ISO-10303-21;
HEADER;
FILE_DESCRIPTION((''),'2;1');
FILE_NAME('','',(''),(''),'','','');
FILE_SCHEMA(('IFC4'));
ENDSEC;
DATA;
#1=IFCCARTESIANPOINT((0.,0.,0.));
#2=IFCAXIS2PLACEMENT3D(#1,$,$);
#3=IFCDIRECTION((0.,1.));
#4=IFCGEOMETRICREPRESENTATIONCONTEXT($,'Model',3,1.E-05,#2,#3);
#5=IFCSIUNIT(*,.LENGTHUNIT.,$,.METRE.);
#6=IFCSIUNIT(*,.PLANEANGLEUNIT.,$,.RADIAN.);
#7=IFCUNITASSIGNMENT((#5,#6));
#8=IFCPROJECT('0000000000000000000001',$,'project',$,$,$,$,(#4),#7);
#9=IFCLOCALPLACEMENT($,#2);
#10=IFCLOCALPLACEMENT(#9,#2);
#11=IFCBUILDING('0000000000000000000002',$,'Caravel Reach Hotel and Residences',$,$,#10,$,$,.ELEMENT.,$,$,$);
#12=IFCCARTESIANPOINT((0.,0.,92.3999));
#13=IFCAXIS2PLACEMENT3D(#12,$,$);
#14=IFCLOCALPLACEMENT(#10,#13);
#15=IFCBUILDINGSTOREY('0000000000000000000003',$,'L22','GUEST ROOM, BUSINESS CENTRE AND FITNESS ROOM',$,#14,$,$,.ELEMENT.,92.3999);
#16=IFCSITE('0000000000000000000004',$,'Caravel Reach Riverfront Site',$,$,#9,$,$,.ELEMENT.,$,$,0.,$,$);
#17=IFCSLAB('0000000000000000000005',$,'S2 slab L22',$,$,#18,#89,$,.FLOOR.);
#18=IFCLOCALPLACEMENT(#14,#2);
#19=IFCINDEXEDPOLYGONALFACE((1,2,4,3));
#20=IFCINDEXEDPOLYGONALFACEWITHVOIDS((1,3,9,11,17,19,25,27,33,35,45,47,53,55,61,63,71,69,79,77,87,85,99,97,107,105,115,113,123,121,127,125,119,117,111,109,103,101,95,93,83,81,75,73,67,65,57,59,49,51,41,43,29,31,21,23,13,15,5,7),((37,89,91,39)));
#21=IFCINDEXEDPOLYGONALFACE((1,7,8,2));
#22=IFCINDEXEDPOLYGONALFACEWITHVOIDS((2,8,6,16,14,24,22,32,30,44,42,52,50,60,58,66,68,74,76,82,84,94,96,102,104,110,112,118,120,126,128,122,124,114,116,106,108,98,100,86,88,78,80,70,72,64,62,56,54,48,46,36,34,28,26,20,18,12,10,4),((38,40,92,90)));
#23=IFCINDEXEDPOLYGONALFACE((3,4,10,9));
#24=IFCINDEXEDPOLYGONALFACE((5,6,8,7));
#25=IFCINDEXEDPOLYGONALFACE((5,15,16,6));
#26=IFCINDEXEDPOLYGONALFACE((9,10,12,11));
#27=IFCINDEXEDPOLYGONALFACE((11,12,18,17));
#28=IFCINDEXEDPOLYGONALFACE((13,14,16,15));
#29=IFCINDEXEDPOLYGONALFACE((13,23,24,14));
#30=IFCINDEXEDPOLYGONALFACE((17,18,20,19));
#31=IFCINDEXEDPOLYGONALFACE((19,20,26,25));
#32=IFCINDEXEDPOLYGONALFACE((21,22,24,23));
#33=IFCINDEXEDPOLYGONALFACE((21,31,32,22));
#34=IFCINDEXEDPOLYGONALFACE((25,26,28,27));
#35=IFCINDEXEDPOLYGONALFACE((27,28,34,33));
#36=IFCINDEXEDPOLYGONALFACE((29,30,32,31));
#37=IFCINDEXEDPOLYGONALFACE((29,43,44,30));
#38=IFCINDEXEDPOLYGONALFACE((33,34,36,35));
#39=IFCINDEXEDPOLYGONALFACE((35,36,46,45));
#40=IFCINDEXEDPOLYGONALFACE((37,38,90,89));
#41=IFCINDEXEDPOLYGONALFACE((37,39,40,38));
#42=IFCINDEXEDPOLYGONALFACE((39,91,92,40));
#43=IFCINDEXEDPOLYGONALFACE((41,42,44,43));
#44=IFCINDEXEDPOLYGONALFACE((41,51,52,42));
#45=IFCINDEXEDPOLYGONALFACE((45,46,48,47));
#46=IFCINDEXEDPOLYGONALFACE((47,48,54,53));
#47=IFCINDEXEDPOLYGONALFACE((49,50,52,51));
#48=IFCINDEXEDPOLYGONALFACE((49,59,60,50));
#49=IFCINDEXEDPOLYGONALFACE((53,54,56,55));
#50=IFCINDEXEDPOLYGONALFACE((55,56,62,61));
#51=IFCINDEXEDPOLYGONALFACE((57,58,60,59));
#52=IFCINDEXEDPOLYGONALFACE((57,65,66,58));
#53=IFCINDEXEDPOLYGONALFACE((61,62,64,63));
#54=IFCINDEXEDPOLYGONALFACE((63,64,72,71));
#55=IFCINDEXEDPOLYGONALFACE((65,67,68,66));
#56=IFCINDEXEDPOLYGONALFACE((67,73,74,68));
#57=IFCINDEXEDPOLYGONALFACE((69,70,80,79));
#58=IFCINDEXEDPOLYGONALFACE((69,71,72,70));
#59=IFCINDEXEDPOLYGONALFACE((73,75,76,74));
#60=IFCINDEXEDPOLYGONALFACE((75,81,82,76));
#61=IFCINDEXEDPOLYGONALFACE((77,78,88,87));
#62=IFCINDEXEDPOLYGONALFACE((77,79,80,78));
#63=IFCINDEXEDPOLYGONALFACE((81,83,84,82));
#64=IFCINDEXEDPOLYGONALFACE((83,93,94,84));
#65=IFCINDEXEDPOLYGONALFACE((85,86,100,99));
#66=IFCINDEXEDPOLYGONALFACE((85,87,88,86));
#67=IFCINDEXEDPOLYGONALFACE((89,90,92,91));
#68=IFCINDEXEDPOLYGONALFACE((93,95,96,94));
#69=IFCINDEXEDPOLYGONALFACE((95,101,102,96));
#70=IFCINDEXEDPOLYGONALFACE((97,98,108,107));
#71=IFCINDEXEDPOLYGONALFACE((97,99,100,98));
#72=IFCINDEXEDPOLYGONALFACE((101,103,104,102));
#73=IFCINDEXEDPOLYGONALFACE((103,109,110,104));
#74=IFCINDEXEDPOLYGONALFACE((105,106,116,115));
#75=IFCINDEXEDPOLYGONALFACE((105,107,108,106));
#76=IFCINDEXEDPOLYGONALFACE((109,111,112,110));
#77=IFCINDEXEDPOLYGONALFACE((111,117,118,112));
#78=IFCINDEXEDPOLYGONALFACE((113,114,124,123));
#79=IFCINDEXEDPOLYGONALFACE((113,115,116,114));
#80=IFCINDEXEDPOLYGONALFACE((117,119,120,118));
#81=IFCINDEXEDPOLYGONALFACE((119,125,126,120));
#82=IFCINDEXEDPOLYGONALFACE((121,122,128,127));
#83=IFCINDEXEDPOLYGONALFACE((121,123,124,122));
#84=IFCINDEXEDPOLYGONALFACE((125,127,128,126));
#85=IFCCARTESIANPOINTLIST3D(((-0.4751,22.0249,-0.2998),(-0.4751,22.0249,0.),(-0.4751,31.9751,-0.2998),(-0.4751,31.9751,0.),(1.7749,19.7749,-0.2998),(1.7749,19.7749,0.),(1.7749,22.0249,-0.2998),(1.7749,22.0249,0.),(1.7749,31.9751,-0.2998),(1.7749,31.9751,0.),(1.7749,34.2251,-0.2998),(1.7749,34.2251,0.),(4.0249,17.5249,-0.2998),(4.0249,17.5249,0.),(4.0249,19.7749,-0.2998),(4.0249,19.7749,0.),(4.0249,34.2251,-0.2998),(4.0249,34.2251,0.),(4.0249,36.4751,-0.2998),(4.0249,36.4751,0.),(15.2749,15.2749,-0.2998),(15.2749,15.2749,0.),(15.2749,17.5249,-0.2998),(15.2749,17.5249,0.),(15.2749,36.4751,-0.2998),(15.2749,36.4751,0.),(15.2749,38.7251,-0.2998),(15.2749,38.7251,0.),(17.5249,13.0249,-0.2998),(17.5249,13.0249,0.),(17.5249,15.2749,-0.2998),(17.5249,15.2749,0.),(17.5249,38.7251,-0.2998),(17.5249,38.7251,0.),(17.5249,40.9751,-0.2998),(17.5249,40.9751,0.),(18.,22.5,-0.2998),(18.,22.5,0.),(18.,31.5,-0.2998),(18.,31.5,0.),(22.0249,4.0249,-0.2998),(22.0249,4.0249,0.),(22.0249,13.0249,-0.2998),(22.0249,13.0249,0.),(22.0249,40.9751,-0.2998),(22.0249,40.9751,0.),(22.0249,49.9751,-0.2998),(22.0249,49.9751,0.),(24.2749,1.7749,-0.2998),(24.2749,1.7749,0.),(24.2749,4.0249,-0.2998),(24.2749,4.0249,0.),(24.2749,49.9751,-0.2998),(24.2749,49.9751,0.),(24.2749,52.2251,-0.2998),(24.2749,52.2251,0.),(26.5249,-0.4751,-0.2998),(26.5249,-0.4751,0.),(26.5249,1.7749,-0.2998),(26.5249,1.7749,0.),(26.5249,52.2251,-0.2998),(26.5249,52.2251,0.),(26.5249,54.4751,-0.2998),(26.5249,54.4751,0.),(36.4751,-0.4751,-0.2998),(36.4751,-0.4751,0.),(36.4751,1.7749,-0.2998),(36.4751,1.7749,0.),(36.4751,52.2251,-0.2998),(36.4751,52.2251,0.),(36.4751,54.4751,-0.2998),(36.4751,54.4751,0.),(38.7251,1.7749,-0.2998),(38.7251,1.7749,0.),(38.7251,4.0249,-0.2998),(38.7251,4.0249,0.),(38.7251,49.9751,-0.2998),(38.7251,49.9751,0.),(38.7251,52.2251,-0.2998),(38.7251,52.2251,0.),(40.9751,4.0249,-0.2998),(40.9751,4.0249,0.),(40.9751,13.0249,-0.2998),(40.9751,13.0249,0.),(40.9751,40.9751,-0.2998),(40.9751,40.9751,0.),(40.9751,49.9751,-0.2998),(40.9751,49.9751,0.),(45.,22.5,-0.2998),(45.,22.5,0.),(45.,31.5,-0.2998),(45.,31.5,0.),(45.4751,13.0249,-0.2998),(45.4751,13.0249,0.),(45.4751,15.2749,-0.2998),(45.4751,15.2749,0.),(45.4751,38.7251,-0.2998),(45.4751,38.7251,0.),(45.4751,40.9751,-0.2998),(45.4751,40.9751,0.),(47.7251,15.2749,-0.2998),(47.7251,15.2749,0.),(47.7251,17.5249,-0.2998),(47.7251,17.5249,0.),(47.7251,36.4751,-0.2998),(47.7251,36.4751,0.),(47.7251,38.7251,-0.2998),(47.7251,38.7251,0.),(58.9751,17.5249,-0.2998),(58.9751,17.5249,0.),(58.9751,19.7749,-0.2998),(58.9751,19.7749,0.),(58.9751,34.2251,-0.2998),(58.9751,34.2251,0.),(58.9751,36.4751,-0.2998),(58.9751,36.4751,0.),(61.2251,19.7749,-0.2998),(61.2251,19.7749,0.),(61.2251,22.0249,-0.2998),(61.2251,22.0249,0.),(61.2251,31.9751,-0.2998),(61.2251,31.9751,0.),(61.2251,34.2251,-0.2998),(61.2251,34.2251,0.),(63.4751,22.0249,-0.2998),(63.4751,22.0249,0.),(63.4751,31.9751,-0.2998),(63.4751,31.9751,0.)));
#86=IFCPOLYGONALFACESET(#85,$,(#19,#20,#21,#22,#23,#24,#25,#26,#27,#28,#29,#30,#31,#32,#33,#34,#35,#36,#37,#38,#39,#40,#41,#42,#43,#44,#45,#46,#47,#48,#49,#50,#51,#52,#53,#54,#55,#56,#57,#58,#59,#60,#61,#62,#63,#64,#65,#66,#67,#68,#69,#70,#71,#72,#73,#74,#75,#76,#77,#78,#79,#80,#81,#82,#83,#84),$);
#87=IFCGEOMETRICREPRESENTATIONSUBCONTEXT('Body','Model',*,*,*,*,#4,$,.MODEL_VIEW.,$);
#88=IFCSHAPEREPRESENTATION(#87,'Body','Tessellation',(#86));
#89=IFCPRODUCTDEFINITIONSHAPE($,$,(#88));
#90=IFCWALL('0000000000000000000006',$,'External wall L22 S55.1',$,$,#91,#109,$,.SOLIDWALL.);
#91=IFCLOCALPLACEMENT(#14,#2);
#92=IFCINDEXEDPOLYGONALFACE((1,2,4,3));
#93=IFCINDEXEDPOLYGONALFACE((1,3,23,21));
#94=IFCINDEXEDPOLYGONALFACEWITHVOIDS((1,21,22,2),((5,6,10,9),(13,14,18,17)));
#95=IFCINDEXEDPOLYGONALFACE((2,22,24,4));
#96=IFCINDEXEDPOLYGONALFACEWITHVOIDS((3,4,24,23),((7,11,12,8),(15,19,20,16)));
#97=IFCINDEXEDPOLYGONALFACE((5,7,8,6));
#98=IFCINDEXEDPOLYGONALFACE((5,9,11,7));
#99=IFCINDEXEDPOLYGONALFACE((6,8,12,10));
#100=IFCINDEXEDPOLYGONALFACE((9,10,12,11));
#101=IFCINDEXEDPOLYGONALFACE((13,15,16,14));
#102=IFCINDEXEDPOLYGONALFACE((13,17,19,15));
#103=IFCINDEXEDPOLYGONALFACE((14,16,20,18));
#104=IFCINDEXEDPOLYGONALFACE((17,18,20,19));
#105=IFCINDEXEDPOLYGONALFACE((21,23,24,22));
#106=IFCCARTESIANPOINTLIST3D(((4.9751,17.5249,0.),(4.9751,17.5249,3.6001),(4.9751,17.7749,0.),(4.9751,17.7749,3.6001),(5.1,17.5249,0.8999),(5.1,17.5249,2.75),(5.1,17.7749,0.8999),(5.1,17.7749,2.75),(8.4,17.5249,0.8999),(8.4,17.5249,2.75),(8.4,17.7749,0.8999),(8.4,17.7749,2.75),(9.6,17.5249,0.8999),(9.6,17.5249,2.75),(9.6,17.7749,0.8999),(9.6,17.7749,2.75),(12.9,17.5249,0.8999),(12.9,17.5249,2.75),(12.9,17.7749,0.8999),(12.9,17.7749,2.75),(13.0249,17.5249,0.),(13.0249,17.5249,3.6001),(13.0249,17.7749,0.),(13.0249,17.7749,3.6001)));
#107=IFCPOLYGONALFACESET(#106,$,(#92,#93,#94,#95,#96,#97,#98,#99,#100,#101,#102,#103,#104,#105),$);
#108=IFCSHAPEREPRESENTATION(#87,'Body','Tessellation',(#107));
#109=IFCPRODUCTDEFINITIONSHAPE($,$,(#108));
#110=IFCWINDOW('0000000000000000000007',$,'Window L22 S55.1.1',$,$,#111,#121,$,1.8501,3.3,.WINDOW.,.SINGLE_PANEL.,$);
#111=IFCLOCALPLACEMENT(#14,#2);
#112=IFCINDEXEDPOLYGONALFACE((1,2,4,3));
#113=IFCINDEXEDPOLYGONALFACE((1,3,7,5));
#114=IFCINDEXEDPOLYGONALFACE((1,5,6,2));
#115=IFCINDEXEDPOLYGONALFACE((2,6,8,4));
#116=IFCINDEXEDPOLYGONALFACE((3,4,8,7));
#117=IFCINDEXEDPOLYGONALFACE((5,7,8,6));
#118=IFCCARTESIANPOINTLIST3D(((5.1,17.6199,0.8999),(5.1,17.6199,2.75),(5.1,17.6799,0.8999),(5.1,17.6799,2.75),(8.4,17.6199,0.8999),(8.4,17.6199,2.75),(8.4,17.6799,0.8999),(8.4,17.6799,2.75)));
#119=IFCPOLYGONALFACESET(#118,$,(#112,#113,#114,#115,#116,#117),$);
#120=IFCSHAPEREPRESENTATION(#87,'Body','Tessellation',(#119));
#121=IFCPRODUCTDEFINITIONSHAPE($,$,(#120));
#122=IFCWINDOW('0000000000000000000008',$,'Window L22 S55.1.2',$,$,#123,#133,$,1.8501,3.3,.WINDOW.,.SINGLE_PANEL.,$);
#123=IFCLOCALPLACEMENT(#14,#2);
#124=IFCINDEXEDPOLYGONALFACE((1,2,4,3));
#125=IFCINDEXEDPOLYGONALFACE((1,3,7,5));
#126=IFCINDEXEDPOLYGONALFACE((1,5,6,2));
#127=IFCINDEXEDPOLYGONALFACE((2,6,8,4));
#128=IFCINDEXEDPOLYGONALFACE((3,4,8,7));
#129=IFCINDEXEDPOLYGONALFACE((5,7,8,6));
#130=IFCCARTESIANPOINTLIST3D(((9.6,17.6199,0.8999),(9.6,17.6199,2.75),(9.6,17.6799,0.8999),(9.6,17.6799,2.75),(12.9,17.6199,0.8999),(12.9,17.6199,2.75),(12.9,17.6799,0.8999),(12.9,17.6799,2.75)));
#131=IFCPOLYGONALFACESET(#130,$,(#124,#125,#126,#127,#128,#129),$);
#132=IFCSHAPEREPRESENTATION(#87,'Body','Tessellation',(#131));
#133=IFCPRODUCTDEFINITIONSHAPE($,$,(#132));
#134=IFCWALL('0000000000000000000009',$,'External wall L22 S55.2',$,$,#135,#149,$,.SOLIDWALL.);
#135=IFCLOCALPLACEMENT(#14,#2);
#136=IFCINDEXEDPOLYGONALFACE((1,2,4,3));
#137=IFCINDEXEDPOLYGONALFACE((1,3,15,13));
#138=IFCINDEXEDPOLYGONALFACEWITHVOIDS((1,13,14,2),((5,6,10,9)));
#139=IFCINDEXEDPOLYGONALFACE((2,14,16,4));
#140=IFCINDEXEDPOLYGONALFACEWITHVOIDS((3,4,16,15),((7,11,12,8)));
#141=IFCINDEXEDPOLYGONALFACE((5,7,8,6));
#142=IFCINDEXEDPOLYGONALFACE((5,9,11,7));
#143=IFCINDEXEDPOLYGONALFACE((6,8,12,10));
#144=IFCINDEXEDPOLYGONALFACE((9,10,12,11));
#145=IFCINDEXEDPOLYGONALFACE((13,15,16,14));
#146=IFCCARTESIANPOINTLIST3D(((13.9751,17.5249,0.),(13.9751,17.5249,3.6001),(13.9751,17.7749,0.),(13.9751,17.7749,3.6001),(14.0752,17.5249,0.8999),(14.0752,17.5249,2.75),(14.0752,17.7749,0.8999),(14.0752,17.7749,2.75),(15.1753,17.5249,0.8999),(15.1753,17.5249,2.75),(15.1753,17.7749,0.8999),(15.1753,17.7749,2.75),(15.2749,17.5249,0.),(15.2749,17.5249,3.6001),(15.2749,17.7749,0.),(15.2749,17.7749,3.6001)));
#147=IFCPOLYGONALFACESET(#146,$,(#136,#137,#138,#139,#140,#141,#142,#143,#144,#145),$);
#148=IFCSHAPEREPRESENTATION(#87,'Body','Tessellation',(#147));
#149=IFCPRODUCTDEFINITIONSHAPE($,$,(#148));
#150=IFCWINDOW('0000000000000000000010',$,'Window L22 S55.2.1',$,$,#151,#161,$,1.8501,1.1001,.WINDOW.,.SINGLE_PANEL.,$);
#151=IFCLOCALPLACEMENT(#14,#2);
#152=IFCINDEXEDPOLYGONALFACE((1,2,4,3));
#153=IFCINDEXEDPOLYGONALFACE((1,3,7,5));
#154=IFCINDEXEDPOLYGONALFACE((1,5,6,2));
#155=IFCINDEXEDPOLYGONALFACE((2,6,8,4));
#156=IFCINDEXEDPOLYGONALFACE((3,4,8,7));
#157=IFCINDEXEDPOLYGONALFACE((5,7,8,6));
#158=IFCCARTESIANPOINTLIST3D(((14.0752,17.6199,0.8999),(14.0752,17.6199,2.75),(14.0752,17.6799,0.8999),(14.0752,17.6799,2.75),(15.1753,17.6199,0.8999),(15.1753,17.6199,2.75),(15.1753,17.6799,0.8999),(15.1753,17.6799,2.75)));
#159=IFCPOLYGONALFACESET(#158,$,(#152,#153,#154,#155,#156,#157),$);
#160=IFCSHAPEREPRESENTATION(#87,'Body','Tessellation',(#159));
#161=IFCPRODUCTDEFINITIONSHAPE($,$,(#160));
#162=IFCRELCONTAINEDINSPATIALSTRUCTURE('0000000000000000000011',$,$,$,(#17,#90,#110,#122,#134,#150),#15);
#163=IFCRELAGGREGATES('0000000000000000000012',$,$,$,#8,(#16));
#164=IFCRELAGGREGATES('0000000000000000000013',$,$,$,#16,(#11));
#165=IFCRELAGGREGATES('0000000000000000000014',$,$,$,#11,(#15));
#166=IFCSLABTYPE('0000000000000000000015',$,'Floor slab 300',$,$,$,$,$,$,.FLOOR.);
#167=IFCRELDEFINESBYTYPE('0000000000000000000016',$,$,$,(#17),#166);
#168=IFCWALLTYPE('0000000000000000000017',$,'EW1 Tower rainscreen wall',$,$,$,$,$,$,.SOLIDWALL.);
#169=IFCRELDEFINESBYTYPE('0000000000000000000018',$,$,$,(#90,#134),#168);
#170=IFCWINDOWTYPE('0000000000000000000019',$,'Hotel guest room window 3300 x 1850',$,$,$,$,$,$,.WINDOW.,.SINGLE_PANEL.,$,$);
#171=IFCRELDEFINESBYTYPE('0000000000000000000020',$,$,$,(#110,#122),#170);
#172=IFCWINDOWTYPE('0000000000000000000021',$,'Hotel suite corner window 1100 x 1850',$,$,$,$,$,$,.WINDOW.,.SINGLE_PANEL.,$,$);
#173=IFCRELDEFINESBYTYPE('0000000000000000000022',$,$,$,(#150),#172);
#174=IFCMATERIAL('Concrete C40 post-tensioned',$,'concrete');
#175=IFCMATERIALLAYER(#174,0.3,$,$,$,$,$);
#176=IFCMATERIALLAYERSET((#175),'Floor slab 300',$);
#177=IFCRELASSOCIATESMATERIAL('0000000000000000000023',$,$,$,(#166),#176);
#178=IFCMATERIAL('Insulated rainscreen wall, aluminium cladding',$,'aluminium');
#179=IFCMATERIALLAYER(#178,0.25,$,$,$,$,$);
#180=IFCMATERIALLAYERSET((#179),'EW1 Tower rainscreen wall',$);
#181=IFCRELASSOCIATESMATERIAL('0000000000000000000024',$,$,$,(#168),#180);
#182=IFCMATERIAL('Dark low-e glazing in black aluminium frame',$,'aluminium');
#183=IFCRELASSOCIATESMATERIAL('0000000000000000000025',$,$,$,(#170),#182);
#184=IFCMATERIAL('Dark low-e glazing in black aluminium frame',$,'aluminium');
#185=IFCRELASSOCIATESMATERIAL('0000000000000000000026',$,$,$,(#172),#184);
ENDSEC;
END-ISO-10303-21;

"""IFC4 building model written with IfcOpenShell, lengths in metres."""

from ifc_helpers import new_model, si_unit, direction, frame, frame_2d, origin, place, context, subcontext, project, spatial, polyline, rectangle, outline, extrude, material, layer, layer_set, type_object, element, fill, save


model = new_model("IFC4")

# Units and contexts
model_context = context("Model", 3, precision=1e-05, world=origin(), true_north=direction((0.0, 1.0)))
body_context = subcontext(model_context, "Body", "Model", "MODEL_VIEW")
ifc_project = project(units=[si_unit("LENGTHUNIT", "METRE"), si_unit("PLANEANGLEUNIT", "RADIAN")], contexts=[model_context])

# Site, building, storey
site_placement = place(None, origin())
site = spatial("IfcSite", under=ifc_project, at=site_placement, Name="Caravel Reach Riverfront Site", CompositionType="ELEMENT", RefElevation=0.0)
building_placement = place(site_placement, origin())
building = spatial("IfcBuilding", under=site, at=building_placement, Name="Caravel Reach Hotel and Residences", CompositionType="ELEMENT")
storey_placement = place(building_placement, frame((0.0, 0.0, 92.3999)))
storey = spatial("IfcBuildingStorey", under=building, at=storey_placement, Name="L22", Description="GUEST ROOM, BUSINESS CENTRE AND FITNESS ROOM", CompositionType="ELEMENT", Elevation=92.3999)

# Slab
ifc_material_1 = material(Name="Concrete C40 post-tensioned", Category="concrete")
ifc_layer_1 = layer(ifc_material_1, 0.3)
ifc_layer_set_1 = layer_set([ifc_layer_1], Name="Floor slab 300")
slab_type_1 = type_object("IfcSlabType", Name="Floor slab 300", PredefinedType="FLOOR", material=ifc_layer_set_1)
slab_1_placement = place(storey_placement, frame((0.0, 0.0, -0.2998)))
element("IfcSlab", 1, at=slab_1_placement, inside=storey, type_object=slab_type_1, Name="S2 slab L22", PredefinedType="FLOOR", context=body_context, shape_type="SweptSolid", body=[
    extrude(outline(polyline([(17.5249, 13.0249), (17.5249, 15.2749), (15.2749, 15.2749), (15.2749, 17.5249), (4.0249, 17.5249), (4.0249, 19.7749), (1.7749, 19.7749), (1.7749, 22.0249), (-0.4751, 22.0249), (-0.4751, 31.9751), (1.7749, 31.9751), (1.7749, 34.2251), (4.0249, 34.2251), (4.0249, 36.4751), (15.2749, 36.4751), (15.2749, 38.7251), (17.5249, 38.7251), (17.5249, 40.9751), (22.0249, 40.9751), (22.0249, 49.9751), (24.2749, 49.9751), (24.2749, 52.2251), (26.5249, 52.2251), (26.5249, 54.4751), (36.4751, 54.4751), (36.4751, 52.2251), (38.7251, 52.2251), (38.7251, 49.9751), (40.9751, 49.9751), (40.9751, 40.9751), (45.4751, 40.9751), (45.4751, 38.7251), (47.7251, 38.7251), (47.7251, 36.4751), (58.9751, 36.4751), (58.9751, 34.2251), (61.2251, 34.2251), (61.2251, 31.9751), (63.4751, 31.9751), (63.4751, 22.0249), (61.2251, 22.0249), (61.2251, 19.7749), (58.9751, 19.7749), (58.9751, 17.5249), (47.7251, 17.5249), (47.7251, 15.2749), (45.4751, 15.2749), (45.4751, 13.0249), (40.9751, 13.0249), (40.9751, 4.0249), (38.7251, 4.0249), (38.7251, 1.7749), (36.4751, 1.7749), (36.4751, -0.4751), (26.5249, -0.4751), (26.5249, 1.7749), (24.2749, 1.7749), (24.2749, 4.0249), (22.0249, 4.0249), (22.0249, 13.0249), (17.5249, 13.0249)]), holes=[polyline([(45.0, 31.5), (18.0, 31.5), (18.0, 22.5), (45.0, 22.5), (45.0, 31.5)])]), origin(), (0.0, 0.0, 1.0), 0.2998),
])

# Wall, openings, windows
ifc_material_2 = material(Name="Insulated rainscreen wall, aluminium cladding", Category="aluminium")
ifc_layer_2 = layer(ifc_material_2, 0.25)
ifc_layer_set_2 = layer_set([ifc_layer_2], Name="EW1 Tower rainscreen wall")
wall_type_1 = type_object("IfcWallType", Name="EW1 Tower rainscreen wall", PredefinedType="SOLIDWALL", material=ifc_layer_set_2)
wall_1_placement = place(storey_placement, frame((4.9751, 17.6499, 0.0), z_axis=(0.0, 0.0, 1.0), x_axis=(1.0, 0.0, 0.0)))
wall_1 = element("IfcWall", 2, at=wall_1_placement, inside=storey, type_object=wall_type_1, Name="External wall L22 S55.1", PredefinedType="SOLIDWALL", context=body_context, shape_type="SweptSolid", body=[
    extrude(rectangle(XDim=8.0498, YDim=0.25, at=frame_2d((4.0249, 0.0))), origin(), (0.0, 0.0, 1.0), 3.6001),
])
opening_1_placement = place(wall_1_placement, frame((0.125, 0.0, 0.8999)))
opening_1 = element("IfcOpeningElement", 3, at=opening_1_placement, cuts=wall_1, PredefinedType="OPENING", context=body_context, shape_type="SweptSolid", body=[
    extrude(rectangle(XDim=3.3, YDim=1.8501, at=frame_2d((1.6499, 0.925))), frame((0.0, 0.135, 0.0), z_axis=(0.0, -1.0, 0.0), x_axis=(1.0, 0.0, 0.0)), (0.0, 0.0, 1.0), 0.27),
])
opening_2_placement = place(wall_1_placement, frame((4.625, 0.0, 0.8999)))
opening_2 = element("IfcOpeningElement", 4, at=opening_2_placement, cuts=wall_1, PredefinedType="OPENING", context=body_context, shape_type="SweptSolid", body=[
    extrude(rectangle(XDim=3.3, YDim=1.8501, at=frame_2d((1.6499, 0.925))), frame((0.0, 0.135, 0.0), z_axis=(0.0, -1.0, 0.0), x_axis=(1.0, 0.0, 0.0)), (0.0, 0.0, 1.0), 0.27),
])
ifc_material_3 = material(Name="Dark low-e glazing in black aluminium frame", Category="aluminium")
window_type_1 = type_object("IfcWindowType", Name="Hotel guest room window 3300 x 1850", PartitioningType="SINGLE_PANEL", PredefinedType="WINDOW", material=ifc_material_3)
window_1_placement = place(opening_1_placement, origin())
window_1 = element("IfcWindow", 5, at=window_1_placement, inside=storey, type_object=window_type_1, Name="Window L22 S55.1.1", OverallHeight=1.8501, OverallWidth=3.3, PartitioningType="SINGLE_PANEL", PredefinedType="WINDOW", context=body_context, shape_type="SweptSolid", body=[
    extrude(rectangle(XDim=3.3, YDim=1.8501, at=frame_2d((1.6499, 0.925))), frame((0.0, 0.03, 0.0), z_axis=(0.0, -1.0, 0.0), x_axis=(1.0, 0.0, 0.0)), (0.0, 0.0, 1.0), 0.0601),
])
fill(opening_1, window_1)
window_2_placement = place(opening_2_placement, origin())
window_2 = element("IfcWindow", 6, at=window_2_placement, inside=storey, type_object=window_type_1, Name="Window L22 S55.1.2", OverallHeight=1.8501, OverallWidth=3.3, PartitioningType="SINGLE_PANEL", PredefinedType="WINDOW", context=body_context, shape_type="SweptSolid", body=[
    extrude(rectangle(XDim=3.3, YDim=1.8501, at=frame_2d((1.6499, 0.925))), frame((0.0, 0.03, 0.0), z_axis=(0.0, -1.0, 0.0), x_axis=(1.0, 0.0, 0.0)), (0.0, 0.0, 1.0), 0.0601),
])
fill(opening_2, window_2)

# Wall, opening, window
wall_2_placement = place(storey_placement, frame((13.9751, 17.6499, 0.0), z_axis=(0.0, 0.0, 1.0), x_axis=(1.0, 0.0, 0.0)))
wall_2 = element("IfcWall", 7, at=wall_2_placement, inside=storey, type_object=wall_type_1, Name="External wall L22 S55.2", PredefinedType="SOLIDWALL", context=body_context, shape_type="SweptSolid", body=[
    extrude(rectangle(XDim=1.2998, YDim=0.25, at=frame_2d((0.6499, 0.0))), origin(), (0.0, 0.0, 1.0), 3.6001),
])
opening_3_placement = place(wall_2_placement, frame((0.1001, 0.0, 0.8999)))
opening_3 = element("IfcOpeningElement", 8, at=opening_3_placement, cuts=wall_2, PredefinedType="OPENING", context=body_context, shape_type="SweptSolid", body=[
    extrude(rectangle(XDim=1.1001, YDim=1.8501, at=frame_2d((0.55, 0.925))), frame((0.0, 0.135, 0.0), z_axis=(0.0, -1.0, 0.0), x_axis=(1.0, 0.0, 0.0)), (0.0, 0.0, 1.0), 0.27),
])
ifc_material_4 = material(Name="Dark low-e glazing in black aluminium frame", Category="aluminium")
window_type_2 = type_object("IfcWindowType", Name="Hotel suite corner window 1100 x 1850", PartitioningType="SINGLE_PANEL", PredefinedType="WINDOW", material=ifc_material_4)
window_3_placement = place(opening_3_placement, origin())
window_3 = element("IfcWindow", 9, at=window_3_placement, inside=storey, type_object=window_type_2, Name="Window L22 S55.2.1", OverallHeight=1.8501, OverallWidth=1.1001, PartitioningType="SINGLE_PANEL", PredefinedType="WINDOW", context=body_context, shape_type="SweptSolid", body=[
    extrude(rectangle(XDim=1.1001, YDim=1.8501, at=frame_2d((0.55, 0.925))), frame((0.0, 0.03, 0.0), z_axis=(0.0, -1.0, 0.0), x_axis=(1.0, 0.0, 0.0)), (0.0, 0.0, 1.0), 0.0601),
])
fill(opening_3, window_3)

save(model, "model.ifc")
